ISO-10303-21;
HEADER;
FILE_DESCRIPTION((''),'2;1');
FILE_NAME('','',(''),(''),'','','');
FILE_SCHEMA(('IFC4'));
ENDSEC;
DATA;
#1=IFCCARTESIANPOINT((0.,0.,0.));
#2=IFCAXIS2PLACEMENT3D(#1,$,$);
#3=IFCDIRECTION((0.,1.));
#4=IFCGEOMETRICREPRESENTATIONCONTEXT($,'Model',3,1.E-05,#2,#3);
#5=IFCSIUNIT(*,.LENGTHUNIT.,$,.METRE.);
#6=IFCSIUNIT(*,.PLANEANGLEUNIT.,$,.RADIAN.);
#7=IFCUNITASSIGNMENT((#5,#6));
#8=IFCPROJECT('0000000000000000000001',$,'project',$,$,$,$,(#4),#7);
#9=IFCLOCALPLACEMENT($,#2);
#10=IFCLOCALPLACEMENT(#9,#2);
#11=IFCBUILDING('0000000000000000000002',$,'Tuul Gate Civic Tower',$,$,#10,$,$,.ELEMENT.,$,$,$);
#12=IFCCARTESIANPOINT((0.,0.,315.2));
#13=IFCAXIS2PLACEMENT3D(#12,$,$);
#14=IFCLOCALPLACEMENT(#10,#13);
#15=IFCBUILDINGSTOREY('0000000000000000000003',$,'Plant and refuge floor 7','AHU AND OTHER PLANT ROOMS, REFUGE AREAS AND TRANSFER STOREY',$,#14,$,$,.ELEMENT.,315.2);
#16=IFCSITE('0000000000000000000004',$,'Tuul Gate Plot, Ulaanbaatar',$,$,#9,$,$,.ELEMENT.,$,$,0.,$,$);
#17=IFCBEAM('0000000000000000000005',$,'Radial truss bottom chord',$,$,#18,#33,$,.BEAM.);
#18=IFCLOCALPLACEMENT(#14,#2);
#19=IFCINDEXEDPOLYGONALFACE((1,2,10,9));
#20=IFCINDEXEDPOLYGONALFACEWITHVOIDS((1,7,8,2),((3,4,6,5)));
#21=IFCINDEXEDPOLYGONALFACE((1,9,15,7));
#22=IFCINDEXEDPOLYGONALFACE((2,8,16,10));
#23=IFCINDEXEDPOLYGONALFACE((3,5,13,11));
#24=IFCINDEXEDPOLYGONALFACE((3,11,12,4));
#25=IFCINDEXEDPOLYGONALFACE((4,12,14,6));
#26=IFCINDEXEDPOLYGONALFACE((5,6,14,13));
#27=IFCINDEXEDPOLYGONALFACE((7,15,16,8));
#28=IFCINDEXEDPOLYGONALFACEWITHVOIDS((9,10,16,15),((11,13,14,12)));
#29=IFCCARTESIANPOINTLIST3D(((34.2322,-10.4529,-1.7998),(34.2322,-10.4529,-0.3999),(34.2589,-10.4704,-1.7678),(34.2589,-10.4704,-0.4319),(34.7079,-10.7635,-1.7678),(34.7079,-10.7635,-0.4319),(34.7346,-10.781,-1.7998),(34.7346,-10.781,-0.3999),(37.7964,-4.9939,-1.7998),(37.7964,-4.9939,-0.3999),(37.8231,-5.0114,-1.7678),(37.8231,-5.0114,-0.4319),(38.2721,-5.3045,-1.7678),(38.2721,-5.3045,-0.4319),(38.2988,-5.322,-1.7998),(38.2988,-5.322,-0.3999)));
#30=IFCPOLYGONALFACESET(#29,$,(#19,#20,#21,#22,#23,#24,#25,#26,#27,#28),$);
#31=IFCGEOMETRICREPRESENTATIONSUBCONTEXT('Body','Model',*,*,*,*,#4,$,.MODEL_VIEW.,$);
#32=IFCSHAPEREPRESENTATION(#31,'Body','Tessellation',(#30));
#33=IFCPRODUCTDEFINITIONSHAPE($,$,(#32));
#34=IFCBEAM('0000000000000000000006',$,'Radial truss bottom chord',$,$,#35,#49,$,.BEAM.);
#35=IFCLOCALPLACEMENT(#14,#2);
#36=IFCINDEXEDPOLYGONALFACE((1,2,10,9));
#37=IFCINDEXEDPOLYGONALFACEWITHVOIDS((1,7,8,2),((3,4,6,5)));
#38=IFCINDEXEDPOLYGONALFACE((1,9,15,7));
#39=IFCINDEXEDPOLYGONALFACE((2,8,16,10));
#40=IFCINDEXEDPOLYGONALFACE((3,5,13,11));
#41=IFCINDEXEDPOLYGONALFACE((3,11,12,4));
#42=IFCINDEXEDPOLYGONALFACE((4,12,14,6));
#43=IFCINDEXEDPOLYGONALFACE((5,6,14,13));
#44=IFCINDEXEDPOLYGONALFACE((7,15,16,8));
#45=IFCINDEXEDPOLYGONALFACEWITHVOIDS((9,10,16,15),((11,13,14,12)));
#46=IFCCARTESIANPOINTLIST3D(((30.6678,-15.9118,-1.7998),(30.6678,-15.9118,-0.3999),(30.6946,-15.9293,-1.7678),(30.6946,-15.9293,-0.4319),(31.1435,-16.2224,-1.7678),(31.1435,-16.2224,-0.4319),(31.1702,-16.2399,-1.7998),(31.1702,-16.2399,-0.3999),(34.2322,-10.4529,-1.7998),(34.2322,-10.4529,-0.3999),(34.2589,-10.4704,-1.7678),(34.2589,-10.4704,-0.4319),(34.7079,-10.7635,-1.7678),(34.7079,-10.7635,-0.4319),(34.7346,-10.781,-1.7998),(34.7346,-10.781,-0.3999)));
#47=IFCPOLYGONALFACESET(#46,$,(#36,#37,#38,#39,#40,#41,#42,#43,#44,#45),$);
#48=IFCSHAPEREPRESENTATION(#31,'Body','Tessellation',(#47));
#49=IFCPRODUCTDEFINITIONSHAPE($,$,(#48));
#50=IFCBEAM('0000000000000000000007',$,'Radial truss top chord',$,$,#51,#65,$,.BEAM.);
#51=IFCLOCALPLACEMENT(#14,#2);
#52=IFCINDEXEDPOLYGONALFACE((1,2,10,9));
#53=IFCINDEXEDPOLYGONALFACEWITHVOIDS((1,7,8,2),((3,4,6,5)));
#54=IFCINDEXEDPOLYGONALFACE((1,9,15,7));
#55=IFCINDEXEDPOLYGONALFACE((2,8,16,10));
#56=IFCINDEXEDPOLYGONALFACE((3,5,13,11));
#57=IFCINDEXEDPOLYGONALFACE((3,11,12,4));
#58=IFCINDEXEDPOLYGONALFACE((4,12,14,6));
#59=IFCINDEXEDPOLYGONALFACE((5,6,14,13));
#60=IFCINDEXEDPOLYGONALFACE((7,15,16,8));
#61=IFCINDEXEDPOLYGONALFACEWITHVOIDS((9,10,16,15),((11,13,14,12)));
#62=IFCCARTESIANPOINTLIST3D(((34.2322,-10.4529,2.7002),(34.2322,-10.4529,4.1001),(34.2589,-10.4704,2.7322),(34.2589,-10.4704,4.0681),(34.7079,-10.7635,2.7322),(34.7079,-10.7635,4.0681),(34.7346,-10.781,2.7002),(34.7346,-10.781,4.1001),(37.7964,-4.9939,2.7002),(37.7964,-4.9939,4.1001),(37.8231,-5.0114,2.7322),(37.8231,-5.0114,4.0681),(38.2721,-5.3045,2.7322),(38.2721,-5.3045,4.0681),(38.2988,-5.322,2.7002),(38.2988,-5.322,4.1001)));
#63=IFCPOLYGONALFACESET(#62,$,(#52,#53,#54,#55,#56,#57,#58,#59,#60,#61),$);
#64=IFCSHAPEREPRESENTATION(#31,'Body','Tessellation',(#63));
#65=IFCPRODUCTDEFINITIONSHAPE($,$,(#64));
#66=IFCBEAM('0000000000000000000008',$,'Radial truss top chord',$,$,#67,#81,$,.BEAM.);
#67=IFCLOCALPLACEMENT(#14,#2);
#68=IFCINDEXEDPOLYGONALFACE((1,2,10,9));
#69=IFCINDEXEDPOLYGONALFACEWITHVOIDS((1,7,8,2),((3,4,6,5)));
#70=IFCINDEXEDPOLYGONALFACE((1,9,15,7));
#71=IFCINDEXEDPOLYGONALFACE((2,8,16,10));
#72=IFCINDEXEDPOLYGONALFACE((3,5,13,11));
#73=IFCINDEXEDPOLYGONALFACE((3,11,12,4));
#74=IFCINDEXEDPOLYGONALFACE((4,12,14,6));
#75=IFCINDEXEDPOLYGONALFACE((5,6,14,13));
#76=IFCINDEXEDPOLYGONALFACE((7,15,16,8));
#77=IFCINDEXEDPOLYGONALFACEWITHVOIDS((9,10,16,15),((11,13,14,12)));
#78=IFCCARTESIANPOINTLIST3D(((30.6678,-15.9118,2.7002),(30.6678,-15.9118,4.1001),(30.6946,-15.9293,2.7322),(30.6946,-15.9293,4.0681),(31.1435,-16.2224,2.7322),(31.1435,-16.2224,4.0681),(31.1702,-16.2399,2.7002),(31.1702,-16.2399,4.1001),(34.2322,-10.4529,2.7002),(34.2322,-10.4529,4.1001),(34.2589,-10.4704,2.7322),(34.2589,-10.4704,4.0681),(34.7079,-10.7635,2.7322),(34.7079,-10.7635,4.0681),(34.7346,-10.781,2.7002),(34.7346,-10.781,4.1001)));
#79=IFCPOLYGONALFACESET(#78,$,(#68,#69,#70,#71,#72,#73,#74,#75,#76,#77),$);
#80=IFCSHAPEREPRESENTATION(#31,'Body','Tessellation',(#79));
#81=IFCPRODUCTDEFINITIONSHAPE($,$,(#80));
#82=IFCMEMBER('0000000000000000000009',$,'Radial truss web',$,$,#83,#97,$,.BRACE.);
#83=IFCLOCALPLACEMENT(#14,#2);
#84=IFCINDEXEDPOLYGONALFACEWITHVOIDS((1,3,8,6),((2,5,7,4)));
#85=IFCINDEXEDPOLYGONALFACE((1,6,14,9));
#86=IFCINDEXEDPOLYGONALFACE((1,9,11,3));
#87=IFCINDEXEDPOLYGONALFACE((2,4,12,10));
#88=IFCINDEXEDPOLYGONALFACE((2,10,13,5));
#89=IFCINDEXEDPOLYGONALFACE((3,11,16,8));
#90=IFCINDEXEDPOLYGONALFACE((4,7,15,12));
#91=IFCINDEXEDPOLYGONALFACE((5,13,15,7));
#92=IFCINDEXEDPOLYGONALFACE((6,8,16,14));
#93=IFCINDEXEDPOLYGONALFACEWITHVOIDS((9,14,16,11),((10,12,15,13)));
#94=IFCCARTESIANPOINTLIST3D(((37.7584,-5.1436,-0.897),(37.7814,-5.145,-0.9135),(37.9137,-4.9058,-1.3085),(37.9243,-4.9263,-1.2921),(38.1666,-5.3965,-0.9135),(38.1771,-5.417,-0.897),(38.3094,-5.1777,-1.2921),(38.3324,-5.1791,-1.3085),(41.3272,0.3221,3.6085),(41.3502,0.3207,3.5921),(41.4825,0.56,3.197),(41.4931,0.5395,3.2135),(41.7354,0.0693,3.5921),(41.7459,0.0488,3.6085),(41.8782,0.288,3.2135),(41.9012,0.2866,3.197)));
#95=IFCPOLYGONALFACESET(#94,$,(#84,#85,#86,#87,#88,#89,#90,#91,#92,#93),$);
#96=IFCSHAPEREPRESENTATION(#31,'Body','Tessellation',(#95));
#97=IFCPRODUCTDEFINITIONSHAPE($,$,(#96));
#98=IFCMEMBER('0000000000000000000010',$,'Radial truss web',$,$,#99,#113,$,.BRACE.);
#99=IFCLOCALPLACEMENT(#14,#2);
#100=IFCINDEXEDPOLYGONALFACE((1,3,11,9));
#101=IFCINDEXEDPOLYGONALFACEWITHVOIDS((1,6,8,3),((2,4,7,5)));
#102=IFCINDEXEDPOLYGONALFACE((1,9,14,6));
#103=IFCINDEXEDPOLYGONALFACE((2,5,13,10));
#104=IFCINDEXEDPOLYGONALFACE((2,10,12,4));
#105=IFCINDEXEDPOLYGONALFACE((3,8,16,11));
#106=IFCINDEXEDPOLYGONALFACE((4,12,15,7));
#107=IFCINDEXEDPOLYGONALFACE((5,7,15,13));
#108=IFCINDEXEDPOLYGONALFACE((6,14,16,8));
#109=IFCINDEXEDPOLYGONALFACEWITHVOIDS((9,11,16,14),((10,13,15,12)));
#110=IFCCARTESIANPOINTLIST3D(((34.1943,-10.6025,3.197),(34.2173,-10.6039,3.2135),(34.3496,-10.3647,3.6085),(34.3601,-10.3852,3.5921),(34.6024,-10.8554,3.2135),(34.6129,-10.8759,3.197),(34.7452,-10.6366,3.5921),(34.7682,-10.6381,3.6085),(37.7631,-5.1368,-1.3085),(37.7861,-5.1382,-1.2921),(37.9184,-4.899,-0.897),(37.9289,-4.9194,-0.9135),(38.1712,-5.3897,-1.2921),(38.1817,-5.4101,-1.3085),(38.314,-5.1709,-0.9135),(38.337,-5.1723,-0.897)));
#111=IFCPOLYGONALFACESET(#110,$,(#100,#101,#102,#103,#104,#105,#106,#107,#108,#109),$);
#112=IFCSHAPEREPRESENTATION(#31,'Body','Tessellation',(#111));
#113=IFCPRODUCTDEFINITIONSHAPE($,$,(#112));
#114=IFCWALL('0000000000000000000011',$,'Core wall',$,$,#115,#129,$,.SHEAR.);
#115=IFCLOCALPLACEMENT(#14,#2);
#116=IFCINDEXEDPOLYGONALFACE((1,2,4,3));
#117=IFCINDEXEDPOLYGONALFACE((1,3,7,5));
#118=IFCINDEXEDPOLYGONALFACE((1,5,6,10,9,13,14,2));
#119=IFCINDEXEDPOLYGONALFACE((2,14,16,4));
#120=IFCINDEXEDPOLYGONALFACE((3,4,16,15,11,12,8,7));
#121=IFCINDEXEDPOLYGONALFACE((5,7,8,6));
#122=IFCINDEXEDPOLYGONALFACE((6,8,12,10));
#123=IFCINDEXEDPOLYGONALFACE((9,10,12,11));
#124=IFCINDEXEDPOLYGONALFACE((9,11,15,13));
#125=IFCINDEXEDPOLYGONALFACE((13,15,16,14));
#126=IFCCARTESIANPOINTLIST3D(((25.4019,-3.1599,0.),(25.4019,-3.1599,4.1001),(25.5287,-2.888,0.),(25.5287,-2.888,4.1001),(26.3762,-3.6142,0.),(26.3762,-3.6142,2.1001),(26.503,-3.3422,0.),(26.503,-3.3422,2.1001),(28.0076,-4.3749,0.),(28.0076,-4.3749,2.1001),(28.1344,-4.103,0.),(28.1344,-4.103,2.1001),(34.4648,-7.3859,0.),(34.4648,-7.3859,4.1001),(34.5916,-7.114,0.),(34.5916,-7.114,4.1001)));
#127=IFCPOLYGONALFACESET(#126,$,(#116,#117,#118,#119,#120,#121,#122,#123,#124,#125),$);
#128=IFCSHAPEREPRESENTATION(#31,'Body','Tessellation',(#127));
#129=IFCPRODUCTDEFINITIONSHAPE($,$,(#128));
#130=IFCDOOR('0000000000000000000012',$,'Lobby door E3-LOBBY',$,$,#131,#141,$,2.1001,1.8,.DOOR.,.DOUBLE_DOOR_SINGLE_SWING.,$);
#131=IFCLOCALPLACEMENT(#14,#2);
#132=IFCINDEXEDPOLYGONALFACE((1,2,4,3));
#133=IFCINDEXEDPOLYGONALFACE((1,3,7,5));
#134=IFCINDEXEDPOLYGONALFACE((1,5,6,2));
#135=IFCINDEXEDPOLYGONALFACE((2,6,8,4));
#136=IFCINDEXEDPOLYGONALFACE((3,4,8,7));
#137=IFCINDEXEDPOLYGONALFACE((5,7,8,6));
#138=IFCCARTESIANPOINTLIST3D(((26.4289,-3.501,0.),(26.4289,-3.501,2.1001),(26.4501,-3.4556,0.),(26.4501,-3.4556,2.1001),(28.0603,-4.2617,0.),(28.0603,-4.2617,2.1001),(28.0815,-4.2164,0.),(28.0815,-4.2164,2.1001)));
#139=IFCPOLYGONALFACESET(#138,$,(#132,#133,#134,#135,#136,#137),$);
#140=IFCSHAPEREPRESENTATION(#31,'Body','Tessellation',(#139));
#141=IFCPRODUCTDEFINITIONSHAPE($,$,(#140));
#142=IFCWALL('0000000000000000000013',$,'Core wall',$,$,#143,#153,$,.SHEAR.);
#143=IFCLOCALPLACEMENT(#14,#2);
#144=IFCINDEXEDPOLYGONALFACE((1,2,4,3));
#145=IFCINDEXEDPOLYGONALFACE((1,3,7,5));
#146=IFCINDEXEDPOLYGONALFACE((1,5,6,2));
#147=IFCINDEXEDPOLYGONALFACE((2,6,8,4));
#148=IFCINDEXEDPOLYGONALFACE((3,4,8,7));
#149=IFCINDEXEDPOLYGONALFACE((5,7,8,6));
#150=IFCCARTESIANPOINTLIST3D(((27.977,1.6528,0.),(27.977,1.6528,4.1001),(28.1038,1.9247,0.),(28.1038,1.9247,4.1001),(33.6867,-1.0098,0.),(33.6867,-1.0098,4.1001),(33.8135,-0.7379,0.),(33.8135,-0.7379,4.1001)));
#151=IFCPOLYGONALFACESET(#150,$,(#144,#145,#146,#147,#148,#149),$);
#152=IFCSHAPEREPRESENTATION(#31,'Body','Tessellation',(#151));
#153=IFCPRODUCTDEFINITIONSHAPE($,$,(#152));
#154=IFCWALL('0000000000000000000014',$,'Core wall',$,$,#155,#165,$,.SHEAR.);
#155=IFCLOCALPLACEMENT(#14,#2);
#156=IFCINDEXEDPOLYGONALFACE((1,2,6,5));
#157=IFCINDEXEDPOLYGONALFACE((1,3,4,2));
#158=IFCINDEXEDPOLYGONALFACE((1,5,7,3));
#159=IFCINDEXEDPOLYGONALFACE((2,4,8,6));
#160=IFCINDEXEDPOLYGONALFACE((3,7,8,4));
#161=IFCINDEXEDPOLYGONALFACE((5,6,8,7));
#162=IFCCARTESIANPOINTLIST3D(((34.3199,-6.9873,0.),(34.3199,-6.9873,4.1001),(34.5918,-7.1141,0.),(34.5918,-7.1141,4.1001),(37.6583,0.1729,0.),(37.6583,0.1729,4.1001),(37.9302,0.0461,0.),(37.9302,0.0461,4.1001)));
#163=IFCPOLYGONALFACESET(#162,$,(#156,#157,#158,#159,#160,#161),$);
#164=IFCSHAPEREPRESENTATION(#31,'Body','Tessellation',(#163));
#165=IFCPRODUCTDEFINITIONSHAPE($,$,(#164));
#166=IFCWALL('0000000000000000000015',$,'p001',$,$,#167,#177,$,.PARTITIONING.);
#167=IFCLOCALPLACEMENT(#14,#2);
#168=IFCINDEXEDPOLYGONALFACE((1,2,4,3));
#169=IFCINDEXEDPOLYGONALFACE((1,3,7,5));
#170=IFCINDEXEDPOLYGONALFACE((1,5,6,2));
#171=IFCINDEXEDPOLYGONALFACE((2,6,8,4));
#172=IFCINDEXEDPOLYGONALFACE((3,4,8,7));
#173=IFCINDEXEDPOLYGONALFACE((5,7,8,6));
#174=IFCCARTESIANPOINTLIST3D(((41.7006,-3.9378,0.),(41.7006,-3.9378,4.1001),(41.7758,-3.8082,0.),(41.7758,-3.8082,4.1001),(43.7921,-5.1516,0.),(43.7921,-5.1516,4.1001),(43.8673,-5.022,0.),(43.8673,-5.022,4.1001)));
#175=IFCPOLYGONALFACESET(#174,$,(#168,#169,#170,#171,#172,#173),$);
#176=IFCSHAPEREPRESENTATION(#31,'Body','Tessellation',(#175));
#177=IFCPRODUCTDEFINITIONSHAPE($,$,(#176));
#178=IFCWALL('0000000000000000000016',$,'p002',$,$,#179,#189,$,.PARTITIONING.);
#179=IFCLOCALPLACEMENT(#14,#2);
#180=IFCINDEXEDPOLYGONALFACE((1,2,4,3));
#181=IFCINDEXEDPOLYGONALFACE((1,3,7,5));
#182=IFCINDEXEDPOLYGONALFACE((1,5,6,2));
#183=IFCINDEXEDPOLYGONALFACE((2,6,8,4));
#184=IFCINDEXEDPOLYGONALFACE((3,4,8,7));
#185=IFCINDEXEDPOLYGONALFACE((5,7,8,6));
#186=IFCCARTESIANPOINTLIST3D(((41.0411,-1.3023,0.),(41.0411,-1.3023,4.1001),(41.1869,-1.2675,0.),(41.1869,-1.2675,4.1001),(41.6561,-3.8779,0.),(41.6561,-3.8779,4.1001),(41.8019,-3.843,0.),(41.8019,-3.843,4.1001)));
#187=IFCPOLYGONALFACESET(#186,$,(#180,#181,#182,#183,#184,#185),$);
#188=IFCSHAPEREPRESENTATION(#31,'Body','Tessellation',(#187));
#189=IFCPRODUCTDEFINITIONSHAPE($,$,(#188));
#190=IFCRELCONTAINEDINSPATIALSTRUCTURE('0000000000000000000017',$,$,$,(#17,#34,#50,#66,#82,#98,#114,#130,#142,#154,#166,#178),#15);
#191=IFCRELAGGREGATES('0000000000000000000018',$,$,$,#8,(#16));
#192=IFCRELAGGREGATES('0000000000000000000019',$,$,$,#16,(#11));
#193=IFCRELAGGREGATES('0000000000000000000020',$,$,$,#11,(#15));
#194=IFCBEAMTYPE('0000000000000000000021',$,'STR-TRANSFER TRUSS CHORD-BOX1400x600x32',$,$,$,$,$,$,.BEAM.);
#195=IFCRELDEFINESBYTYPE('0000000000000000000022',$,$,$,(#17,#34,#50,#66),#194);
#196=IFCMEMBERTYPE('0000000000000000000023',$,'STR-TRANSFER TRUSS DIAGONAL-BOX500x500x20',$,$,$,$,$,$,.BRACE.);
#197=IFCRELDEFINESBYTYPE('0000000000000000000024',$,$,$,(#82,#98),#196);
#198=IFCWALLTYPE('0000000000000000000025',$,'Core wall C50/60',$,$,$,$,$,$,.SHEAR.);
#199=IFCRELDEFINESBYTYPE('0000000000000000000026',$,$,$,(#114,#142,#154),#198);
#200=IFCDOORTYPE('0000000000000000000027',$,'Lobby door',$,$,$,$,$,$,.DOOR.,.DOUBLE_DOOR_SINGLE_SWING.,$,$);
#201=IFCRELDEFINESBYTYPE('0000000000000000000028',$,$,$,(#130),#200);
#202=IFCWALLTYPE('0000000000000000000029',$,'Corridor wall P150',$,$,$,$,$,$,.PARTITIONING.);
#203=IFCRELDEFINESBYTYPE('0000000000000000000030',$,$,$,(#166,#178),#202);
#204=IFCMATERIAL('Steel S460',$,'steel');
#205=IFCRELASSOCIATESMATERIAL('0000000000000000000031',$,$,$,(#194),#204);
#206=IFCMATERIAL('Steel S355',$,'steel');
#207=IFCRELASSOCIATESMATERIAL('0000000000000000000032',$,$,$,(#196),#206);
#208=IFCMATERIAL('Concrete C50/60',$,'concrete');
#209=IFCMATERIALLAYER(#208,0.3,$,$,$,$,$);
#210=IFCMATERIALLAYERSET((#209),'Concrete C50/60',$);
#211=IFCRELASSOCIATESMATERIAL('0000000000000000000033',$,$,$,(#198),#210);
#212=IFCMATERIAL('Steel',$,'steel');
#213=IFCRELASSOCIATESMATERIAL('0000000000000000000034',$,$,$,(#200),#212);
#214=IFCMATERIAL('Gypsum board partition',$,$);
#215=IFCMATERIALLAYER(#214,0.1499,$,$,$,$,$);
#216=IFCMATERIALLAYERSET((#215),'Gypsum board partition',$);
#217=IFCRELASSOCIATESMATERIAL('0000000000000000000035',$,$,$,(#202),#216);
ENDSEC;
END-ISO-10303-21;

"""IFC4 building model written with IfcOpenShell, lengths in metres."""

from ifc_helpers import new_model, si_unit, direction, frame, frame_2d, origin, origin_2d, place, context, subcontext, project, spatial, rectangle, hollow_rectangle, extrude, material, layer, layer_set, material_profile, profile_set, type_object, element, fill, save


model = new_model("IFC4")

# Units and contexts
model_context = context("Model", 3, precision=1e-05, world=origin(), true_north=direction((0.0, 1.0)))
body_context = subcontext(model_context, "Body", "Model", "MODEL_VIEW")
ifc_project = project(units=[si_unit("LENGTHUNIT", "METRE"), si_unit("PLANEANGLEUNIT", "RADIAN")], contexts=[model_context])

# Site, building, storey
site_placement = place(None, origin())
site = spatial("IfcSite", under=ifc_project, at=site_placement, Name="Tuul Gate Plot, Ulaanbaatar", CompositionType="ELEMENT", RefElevation=0.0)
building_placement = place(site_placement, origin())
building = spatial("IfcBuilding", under=site, at=building_placement, Name="Tuul Gate Civic Tower", CompositionType="ELEMENT")
storey_placement = place(building_placement, frame((0.0, 0.0, 315.2)))
storey = spatial("IfcBuildingStorey", under=building, at=storey_placement, Name="Plant and refuge floor 7", Description="AHU AND OTHER PLANT ROOMS, REFUGE AREAS AND TRANSFER STOREY", CompositionType="ELEMENT", Elevation=315.2)

# Beams
ifc_material_1 = material(Name="Steel S460", Category="steel")
ifc_material_profile_1 = material_profile(ifc_material_1, hollow_rectangle(XDim=0.6001, YDim=1.3999, WallThickness=0.032, at=origin_2d()), Name="BOX1400x600x32")
ifc_profile_set_1 = profile_set([ifc_material_profile_1], Name="Steel S460")
beam_type = type_object("IfcBeamType", Name="STR-TRANSFER TRUSS CHORD-BOX1400x600x32", PredefinedType="BEAM", material=ifc_profile_set_1)
for number, where, z_axis, x_axis, name in (
    (1, (38.0476, -5.158, -1.0999), (-0.546698, -0.83733, 0.0), (0.83733, -0.546698, 0.0), "Radial truss bottom chord"),
    (2, (34.4834, -10.6169, -1.0999), (-0.546725, -0.837312, 0.0), (0.837312, -0.546725, 0.0), "Radial truss bottom chord"),
    (3, (38.0476, -5.158, 3.4001), (-0.546698, -0.83733, 0.0), (0.83733, -0.546698, 0.0), "Radial truss top chord"),
    (4, (34.4834, -10.6169, 3.4001), (-0.546725, -0.837312, 0.0), (0.837312, -0.546725, 0.0), "Radial truss top chord"),
):
    element("IfcBeam", number, at=place(storey_placement, frame(where, z_axis=z_axis, x_axis=x_axis)), inside=storey, type_object=beam_type, Name=name, PredefinedType="BEAM", context=body_context, shape_type="SweptSolid", body=[
        extrude(hollow_rectangle(XDim=0.6001, YDim=1.3999, WallThickness=0.032, at=origin_2d()), origin(), (0.0, 0.0, 1.0), 6.5195),
    ])

# Members
ifc_material_2 = material(Name="Steel S355", Category="steel")
ifc_material_profile_2 = material_profile(ifc_material_2, hollow_rectangle(XDim=0.5, YDim=0.5, WallThickness=0.02, at=origin_2d()), Name="BOX500x500x20")
ifc_profile_set_2 = profile_set([ifc_material_profile_2], Name="Steel S355")
member_type = type_object("IfcMemberType", Name="STR-TRANSFER TRUSS DIAGONAL-BOX500x500x20", PredefinedType="BRACE", material=ifc_profile_set_2)
for number, where, z_axis, x_axis, name in (
    (5, (38.0454, -5.1614, -1.1028), (0.449945, 0.689108, 0.568049), (-0.837317, 0.546717, 0.0), "Radial truss web"),
    (6, (38.05, -5.1545, -1.1028), (-0.449945, -0.689108, 0.568049), (0.837317, -0.546717, 0.0), "Radial truss web"),
):
    element("IfcMember", number, at=place(storey_placement, frame(where, z_axis=z_axis, x_axis=x_axis)), inside=storey, type_object=member_type, Name=name, PredefinedType="BRACE", context=body_context, shape_type="SweptSolid", body=[
        extrude(hollow_rectangle(XDim=0.5, YDim=0.5, WallThickness=0.02, at=origin_2d()), origin(), (0.0, 0.0, 1.0), 7.9316),
    ])

# Wall, opening, door
ifc_material_3 = material(Name="Concrete C50/60", Category="concrete")
ifc_layer_1 = layer(ifc_material_3, 0.3)
ifc_layer_set_1 = layer_set([ifc_layer_1], Name="Concrete C50/60")
wall_type_1 = type_object("IfcWallType", Name="Core wall C50/60", PredefinedType="SHEAR", material=ifc_layer_set_1)
wall_1_placement = place(storey_placement, frame((34.5283, -7.25, 0.0), z_axis=(0.0, 0.0, 1.0), x_axis=(-0.90631, 0.422613, 0.0)))
wall_1 = element("IfcWall", 7, at=wall_1_placement, inside=storey, type_object=wall_type_1, Name="Core wall", PredefinedType="SHEAR", context=body_context, shape_type="SweptSolid", body=[
    extrude(rectangle(XDim=9.9998, YDim=0.3, at=frame_2d((5.0, 0.0))), origin(), (0.0, 0.0, 1.0), 4.1001),
])
opening_1_placement = place(wall_1_placement, frame((7.125, 0.0, 0.0)))
opening_1 = element("IfcOpeningElement", 8, at=opening_1_placement, cuts=wall_1, PredefinedType="OPENING", context=body_context, shape_type="SweptSolid", body=[
    extrude(rectangle(XDim=1.8, YDim=2.1001, at=frame_2d((0.8999, 1.05))), frame((0.0, 0.1602, 0.0), z_axis=(0.0, -1.0, 0.0), x_axis=(1.0, 0.0, 0.0)), (0.0, 0.0, 1.0), 0.3201),
])
ifc_material_4 = material(Name="Steel", Category="steel")
door_type_1 = type_object("IfcDoorType", Name="Lobby door", OperationType="DOUBLE_DOOR_SINGLE_SWING", PredefinedType="DOOR", material=ifc_material_4)
door_1_placement = place(opening_1_placement, frame((1.8, 0.0, 0.0), z_axis=(0.0, 0.0, 1.0), x_axis=(-1.0, 0.0, 0.0)))
door_1 = element("IfcDoor", 9, at=door_1_placement, inside=storey, type_object=door_type_1, Name="Lobby door E3-LOBBY", OperationType="DOUBLE_DOOR_SINGLE_SWING", OverallHeight=2.1001, OverallWidth=1.8, PredefinedType="DOOR", context=body_context, shape_type="SweptSolid", body=[
    extrude(rectangle(XDim=1.8, YDim=2.1001, at=frame_2d((0.9001, 1.05))), frame((0.0, 0.0249, 0.0), z_axis=(0.0, -1.0, 0.0), x_axis=(1.0, 0.0, 0.0)), (0.0, 0.0, 1.0), 0.05),
])
fill(opening_1, door_1)

# Walls
wall_2_placement = place(storey_placement, frame((33.75, -0.8738, 0.0), z_axis=(0.0, 0.0, 1.0), x_axis=(-0.906301, 0.422633, 0.0)))
element("IfcWall", 10, at=wall_2_placement, inside=storey, type_object=wall_type_1, Name="Core wall", PredefinedType="SHEAR", context=body_context, shape_type="SweptSolid", body=[
    extrude(rectangle(XDim=6.3, YDim=0.3, at=frame_2d((3.1499, 0.0))), origin(), (0.0, 0.0, 1.0), 4.1001),
])
wall_3_placement = place(storey_placement, frame((34.4558, -7.0508, 0.0), z_axis=(0.0, 0.0, 1.0), x_axis=(0.422571, 0.90633, 0.0)))
element("IfcWall", 11, at=wall_3_placement, inside=storey, type_object=wall_type_1, Name="Core wall", PredefinedType="SHEAR", context=body_context, shape_type="SweptSolid", body=[
    extrude(rectangle(XDim=7.9001, YDim=0.3, at=frame_2d((3.9502, 0.0))), origin(), (0.0, 0.0, 1.0), 4.1001),
])
ifc_material_5 = material(Name="Gypsum board partition")
ifc_layer_2 = layer(ifc_material_5, 0.1499)
ifc_layer_set_2 = layer_set([ifc_layer_2], Name="Gypsum board partition")
wall_type_2 = type_object("IfcWallType", Name="Corridor wall P150", PredefinedType="PARTITIONING", material=ifc_layer_set_2)
wall_4_placement = place(storey_placement, frame((41.7383, -3.873, 0.0), z_axis=(0.0, 0.0, 1.0), x_axis=(0.864894, -0.501955, 0.0)))
element("IfcWall", 12, at=wall_4_placement, inside=storey, type_object=wall_type_2, Name="p001", PredefinedType="PARTITIONING", context=body_context, shape_type="SweptSolid", body=[
    extrude(rectangle(XDim=2.4182, YDim=0.1499, at=frame_2d((1.209, 0.0))), origin(), (0.0, 0.0, 1.0), 4.1001),
])
wall_5_placement = place(storey_placement, frame((41.114, -1.2849, 0.0), z_axis=(0.0, 0.0, 1.0), x_axis=(0.23226, -0.972654, 0.0)))
element("IfcWall", 13, at=wall_5_placement, inside=storey, type_object=wall_type_2, Name="p002", PredefinedType="PARTITIONING", context=body_context, shape_type="SweptSolid", body=[
    extrude(rectangle(XDim=2.6479, YDim=0.1499, at=frame_2d((1.324, 0.0))), origin(), (0.0, 0.0, 1.0), 4.1001),
])

save(model, "model.ifc")
